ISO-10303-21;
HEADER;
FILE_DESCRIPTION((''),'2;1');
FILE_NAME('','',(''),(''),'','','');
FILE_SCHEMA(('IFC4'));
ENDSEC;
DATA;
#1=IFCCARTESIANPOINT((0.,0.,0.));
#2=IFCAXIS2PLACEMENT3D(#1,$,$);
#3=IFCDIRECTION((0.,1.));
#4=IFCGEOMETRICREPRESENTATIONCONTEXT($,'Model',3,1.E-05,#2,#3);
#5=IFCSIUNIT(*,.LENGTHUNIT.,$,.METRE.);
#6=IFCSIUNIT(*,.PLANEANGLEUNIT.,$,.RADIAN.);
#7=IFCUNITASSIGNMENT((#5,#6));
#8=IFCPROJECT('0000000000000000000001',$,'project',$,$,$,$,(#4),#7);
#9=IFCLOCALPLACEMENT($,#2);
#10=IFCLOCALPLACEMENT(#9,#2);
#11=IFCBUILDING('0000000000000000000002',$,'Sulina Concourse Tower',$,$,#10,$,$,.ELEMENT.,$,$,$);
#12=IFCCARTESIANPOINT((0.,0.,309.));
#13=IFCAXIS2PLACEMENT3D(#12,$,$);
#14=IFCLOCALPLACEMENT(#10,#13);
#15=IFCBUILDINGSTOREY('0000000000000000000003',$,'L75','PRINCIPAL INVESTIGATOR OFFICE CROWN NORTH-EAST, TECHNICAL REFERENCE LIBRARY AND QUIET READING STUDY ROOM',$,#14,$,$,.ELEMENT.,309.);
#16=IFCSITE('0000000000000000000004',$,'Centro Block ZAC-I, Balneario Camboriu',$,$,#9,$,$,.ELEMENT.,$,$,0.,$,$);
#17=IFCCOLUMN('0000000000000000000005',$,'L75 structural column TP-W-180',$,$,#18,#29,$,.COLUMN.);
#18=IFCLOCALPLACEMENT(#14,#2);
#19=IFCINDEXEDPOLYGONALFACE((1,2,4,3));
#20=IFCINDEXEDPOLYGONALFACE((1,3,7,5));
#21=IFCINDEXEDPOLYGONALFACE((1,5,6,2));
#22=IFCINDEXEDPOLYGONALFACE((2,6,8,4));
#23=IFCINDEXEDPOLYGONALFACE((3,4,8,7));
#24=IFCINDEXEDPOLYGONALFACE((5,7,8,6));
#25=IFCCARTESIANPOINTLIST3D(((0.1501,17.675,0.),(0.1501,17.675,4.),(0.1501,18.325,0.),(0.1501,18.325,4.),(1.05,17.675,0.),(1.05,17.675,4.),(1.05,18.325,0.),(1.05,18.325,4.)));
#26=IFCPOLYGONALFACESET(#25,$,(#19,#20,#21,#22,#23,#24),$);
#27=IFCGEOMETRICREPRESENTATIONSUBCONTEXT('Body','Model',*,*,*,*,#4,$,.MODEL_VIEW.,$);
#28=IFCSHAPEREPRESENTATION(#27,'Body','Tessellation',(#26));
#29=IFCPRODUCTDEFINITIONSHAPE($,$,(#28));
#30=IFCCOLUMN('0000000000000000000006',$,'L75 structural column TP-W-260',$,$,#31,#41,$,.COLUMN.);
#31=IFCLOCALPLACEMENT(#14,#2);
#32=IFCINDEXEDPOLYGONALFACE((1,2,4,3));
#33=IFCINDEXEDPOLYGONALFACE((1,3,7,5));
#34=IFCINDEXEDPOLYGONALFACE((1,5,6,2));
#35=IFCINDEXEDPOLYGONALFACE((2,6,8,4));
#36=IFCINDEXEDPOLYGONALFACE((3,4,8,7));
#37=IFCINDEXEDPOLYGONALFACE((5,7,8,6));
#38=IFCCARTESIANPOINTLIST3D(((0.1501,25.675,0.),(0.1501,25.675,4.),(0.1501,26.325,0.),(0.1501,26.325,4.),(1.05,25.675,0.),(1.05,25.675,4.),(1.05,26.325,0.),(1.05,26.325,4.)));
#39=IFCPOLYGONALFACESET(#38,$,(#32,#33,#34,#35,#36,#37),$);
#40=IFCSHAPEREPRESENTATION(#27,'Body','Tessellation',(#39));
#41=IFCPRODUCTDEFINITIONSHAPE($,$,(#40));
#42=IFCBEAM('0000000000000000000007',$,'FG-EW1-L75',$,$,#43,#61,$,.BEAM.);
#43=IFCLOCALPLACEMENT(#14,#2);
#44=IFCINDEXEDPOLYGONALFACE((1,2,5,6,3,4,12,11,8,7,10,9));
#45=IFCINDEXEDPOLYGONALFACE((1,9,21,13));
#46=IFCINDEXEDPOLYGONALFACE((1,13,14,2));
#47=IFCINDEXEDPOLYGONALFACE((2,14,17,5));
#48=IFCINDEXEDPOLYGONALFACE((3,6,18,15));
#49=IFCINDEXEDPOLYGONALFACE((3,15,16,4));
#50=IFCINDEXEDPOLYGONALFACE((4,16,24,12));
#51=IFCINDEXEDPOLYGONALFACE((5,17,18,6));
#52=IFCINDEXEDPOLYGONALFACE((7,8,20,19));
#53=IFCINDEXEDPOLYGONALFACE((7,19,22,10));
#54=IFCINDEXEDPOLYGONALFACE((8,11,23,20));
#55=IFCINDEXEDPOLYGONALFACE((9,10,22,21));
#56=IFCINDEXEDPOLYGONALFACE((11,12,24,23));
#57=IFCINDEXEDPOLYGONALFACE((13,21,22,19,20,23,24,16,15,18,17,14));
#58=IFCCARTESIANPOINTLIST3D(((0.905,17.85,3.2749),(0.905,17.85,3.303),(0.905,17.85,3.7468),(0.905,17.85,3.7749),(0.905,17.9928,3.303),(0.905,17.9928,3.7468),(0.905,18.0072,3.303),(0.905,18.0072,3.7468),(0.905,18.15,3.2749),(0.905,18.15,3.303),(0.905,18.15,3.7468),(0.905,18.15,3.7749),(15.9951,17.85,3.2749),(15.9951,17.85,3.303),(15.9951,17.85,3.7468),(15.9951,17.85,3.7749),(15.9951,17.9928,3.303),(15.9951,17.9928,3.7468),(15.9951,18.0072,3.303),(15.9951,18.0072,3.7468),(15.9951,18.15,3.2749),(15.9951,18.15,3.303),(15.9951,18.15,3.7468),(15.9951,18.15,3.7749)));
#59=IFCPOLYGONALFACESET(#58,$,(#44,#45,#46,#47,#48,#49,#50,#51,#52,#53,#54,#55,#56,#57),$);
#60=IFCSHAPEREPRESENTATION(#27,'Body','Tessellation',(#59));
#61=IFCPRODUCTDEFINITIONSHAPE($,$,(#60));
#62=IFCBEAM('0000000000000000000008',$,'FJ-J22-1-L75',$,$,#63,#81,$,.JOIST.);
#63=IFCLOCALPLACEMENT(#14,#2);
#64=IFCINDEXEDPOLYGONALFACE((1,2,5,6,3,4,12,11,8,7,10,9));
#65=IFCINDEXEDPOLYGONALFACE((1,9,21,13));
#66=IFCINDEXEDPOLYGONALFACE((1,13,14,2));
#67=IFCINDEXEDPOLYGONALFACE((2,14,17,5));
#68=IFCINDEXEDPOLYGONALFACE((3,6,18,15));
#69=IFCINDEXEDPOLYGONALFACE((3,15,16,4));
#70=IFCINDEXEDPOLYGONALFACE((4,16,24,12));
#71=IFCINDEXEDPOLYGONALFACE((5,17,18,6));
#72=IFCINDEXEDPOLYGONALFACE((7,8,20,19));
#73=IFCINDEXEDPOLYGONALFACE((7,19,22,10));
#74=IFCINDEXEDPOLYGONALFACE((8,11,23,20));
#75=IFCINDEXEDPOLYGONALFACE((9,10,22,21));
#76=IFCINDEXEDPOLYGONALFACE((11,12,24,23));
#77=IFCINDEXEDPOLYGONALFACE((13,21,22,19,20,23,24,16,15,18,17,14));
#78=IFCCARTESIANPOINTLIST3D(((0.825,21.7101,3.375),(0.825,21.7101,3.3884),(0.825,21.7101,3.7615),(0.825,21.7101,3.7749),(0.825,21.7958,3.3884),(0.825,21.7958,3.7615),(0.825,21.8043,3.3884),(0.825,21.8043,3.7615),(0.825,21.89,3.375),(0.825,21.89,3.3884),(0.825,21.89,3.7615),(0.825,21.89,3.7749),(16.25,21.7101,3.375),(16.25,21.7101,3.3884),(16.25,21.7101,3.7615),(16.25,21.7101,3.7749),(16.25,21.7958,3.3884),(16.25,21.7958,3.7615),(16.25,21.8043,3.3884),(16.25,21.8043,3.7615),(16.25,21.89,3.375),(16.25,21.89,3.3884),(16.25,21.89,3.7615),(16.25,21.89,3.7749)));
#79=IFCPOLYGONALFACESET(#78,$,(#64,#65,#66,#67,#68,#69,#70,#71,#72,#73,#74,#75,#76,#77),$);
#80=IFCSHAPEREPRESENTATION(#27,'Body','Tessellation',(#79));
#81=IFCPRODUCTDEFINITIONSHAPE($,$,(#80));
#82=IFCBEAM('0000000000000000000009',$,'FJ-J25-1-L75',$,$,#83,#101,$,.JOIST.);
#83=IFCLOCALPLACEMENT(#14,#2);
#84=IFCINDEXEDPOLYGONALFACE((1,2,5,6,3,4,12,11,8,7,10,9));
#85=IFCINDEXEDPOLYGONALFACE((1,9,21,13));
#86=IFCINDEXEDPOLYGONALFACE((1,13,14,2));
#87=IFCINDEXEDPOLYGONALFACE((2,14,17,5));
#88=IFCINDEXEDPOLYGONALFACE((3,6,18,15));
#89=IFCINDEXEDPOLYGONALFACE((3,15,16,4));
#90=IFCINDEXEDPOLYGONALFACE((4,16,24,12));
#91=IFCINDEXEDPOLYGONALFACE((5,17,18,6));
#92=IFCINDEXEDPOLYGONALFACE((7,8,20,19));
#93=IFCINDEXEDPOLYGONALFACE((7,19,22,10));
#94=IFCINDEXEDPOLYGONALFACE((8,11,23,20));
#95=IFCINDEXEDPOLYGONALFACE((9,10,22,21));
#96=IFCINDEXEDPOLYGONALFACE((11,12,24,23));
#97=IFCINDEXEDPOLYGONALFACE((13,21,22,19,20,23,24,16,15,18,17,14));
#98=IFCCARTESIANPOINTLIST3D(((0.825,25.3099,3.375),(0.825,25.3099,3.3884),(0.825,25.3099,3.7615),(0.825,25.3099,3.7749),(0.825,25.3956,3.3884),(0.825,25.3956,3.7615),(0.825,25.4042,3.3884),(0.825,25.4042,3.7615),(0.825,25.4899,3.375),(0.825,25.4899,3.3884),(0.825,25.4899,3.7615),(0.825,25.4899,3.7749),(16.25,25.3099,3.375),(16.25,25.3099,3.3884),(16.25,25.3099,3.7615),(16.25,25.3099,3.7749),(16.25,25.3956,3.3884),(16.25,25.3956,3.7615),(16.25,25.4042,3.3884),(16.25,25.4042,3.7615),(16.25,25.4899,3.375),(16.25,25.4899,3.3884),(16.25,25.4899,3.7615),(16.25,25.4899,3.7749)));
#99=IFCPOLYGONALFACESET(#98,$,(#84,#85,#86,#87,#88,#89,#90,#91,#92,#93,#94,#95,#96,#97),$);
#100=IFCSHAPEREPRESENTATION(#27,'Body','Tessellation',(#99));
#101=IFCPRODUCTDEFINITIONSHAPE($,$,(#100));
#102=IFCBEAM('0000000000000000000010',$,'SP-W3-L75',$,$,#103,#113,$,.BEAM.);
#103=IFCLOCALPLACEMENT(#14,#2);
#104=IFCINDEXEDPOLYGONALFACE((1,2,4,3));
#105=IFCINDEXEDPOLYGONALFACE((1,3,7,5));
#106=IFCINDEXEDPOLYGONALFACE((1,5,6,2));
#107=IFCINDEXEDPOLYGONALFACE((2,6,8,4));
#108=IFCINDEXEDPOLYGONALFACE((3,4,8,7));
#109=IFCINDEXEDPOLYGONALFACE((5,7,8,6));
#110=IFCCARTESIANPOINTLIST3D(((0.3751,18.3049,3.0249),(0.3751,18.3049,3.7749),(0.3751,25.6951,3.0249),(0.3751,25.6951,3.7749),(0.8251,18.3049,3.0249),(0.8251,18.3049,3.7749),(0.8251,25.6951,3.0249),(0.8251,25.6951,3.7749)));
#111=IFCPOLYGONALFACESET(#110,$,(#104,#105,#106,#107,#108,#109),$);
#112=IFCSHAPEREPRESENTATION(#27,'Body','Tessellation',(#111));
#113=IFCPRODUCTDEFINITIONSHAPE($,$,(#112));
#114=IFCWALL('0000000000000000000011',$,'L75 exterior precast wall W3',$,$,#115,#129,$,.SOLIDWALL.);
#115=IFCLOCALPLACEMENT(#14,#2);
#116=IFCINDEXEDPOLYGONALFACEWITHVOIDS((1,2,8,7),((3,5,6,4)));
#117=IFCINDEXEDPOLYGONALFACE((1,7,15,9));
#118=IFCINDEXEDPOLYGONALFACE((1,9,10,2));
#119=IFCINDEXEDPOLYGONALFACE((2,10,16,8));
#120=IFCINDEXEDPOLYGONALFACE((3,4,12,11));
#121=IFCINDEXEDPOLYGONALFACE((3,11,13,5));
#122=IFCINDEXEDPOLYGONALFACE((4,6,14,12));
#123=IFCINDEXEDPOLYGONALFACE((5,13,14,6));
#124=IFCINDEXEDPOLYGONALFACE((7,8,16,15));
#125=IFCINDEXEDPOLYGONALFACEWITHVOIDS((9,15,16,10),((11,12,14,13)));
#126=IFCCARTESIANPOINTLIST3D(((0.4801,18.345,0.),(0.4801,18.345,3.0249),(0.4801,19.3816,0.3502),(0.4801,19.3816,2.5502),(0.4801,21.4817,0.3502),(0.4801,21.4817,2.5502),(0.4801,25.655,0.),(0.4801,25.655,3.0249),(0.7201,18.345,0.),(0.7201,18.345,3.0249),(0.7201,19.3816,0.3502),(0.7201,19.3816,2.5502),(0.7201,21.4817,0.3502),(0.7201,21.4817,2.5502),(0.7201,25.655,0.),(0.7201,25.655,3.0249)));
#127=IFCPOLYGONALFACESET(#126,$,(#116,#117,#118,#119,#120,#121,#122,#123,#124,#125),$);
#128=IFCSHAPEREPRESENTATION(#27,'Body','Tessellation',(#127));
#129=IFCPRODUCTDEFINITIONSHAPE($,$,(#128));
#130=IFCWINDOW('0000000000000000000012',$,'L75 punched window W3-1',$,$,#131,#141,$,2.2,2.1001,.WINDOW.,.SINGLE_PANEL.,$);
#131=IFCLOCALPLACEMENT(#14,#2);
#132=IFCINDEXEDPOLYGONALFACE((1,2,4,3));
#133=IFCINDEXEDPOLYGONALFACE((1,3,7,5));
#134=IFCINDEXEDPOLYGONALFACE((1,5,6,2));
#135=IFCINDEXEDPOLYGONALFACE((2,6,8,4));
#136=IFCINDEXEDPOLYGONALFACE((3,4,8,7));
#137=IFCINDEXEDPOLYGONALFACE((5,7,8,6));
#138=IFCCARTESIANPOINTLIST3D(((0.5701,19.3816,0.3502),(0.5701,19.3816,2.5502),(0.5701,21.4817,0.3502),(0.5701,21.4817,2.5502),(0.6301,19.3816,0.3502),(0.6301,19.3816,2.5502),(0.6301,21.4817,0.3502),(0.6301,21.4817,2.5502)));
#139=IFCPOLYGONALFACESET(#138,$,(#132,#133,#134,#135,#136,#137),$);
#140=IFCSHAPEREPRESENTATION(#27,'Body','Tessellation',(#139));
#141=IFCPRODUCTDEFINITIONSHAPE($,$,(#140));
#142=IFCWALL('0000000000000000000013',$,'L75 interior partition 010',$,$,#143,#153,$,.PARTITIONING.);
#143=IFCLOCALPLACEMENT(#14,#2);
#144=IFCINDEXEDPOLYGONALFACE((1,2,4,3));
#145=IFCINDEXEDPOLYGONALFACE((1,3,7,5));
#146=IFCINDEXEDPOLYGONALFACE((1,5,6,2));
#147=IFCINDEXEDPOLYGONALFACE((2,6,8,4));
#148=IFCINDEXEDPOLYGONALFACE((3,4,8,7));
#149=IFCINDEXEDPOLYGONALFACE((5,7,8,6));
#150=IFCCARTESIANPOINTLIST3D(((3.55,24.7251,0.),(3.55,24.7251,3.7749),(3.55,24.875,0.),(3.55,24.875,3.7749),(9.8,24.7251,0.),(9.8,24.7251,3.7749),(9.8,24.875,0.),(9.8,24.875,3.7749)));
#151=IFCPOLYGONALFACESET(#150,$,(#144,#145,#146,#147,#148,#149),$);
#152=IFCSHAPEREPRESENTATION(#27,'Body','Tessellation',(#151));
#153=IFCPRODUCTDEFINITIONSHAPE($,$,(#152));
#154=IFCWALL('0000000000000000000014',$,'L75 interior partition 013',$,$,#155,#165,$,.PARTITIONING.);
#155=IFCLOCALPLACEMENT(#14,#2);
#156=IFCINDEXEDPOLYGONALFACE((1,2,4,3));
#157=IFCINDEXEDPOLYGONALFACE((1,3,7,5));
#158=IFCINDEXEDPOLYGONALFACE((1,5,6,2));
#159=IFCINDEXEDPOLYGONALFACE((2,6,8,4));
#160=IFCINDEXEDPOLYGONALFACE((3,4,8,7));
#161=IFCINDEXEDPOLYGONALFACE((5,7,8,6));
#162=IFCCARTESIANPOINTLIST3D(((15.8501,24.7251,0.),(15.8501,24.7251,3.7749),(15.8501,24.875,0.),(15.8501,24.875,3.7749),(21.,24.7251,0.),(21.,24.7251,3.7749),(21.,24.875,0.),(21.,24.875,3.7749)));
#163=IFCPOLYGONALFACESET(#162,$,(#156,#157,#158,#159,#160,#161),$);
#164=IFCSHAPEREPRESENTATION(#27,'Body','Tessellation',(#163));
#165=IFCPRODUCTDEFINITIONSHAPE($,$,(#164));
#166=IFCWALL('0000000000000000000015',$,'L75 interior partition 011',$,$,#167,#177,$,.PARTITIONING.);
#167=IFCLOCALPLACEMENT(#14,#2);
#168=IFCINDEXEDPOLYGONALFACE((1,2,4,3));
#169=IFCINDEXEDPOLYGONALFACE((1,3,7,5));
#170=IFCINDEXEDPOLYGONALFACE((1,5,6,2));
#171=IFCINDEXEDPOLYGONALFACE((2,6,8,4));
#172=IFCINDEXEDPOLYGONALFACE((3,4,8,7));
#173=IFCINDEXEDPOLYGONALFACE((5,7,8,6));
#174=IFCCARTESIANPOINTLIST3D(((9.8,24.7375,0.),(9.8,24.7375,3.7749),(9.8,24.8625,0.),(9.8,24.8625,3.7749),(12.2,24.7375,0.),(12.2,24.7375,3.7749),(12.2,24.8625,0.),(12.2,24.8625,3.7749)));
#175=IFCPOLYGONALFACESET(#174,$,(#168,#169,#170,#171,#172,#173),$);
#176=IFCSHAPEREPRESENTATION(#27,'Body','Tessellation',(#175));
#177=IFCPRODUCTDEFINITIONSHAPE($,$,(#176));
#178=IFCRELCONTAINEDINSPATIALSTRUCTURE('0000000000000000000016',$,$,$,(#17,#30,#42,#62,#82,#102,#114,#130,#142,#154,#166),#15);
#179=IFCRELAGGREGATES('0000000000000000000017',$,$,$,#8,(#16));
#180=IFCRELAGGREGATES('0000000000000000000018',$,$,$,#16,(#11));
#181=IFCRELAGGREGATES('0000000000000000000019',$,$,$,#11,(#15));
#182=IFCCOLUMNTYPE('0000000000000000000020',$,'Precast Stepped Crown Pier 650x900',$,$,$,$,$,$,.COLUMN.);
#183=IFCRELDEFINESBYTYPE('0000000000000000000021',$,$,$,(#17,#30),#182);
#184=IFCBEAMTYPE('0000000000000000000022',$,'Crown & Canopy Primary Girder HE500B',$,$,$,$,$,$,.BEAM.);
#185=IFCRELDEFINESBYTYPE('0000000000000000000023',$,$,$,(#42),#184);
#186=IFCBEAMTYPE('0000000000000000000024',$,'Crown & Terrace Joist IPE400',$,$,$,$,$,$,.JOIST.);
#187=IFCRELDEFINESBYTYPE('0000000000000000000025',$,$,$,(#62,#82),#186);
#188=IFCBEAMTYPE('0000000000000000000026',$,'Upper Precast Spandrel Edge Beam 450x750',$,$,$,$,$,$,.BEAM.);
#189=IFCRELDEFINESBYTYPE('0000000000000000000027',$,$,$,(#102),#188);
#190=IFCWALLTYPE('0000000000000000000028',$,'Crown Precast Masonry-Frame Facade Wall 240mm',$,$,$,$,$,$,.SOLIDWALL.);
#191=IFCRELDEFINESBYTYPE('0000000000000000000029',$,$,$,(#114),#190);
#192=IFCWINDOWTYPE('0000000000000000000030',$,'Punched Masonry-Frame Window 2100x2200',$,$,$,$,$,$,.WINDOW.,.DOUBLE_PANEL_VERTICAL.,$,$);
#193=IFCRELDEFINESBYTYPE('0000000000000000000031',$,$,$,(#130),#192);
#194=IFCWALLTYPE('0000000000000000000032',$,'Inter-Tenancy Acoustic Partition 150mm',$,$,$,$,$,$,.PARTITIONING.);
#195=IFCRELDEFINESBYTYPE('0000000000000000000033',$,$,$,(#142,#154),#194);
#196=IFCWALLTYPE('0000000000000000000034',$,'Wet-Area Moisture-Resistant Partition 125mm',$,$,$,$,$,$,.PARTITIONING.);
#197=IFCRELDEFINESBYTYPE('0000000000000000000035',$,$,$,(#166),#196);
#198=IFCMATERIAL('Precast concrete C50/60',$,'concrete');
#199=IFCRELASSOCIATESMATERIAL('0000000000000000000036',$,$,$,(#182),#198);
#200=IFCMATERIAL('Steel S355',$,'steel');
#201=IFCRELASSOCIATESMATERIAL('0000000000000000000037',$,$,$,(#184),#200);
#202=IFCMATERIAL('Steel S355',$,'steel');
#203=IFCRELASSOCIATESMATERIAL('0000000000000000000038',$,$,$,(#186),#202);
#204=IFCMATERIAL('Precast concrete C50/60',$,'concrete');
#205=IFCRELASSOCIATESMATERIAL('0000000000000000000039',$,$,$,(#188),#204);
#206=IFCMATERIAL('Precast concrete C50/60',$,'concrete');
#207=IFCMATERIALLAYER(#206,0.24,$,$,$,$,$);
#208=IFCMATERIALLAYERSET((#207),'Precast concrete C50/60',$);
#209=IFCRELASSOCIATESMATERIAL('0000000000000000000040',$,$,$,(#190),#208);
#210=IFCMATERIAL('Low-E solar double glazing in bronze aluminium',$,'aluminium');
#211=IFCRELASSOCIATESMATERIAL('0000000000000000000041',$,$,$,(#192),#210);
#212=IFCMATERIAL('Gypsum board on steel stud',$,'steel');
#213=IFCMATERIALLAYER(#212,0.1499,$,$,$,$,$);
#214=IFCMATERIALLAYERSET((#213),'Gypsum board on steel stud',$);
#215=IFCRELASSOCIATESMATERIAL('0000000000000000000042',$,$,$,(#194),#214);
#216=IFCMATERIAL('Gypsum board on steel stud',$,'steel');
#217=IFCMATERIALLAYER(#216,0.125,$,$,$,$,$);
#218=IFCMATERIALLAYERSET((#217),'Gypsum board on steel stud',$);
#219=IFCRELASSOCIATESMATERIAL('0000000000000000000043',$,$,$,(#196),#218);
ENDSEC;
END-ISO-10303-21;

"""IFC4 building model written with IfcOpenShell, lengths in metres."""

from ifc_helpers import new_model, si_unit, direction, frame, frame_2d, origin, origin_2d, place, context, subcontext, project, spatial, rectangle, i_section, extrude, material, layer, layer_set, material_profile, profile_set, type_object, element, fill, save


model = new_model("IFC4")

# Units and contexts
model_context = context("Model", 3, precision=1e-05, world=origin(), true_north=direction((0.0, 1.0)))
body_context = subcontext(model_context, "Body", "Model", "MODEL_VIEW")
ifc_project = project(units=[si_unit("LENGTHUNIT", "METRE"), si_unit("PLANEANGLEUNIT", "RADIAN")], contexts=[model_context])

# Site, building, storey
site_placement = place(None, origin())
site = spatial("IfcSite", under=ifc_project, at=site_placement, Name="Centro Block ZAC-I, Balneario Camboriu", CompositionType="ELEMENT", RefElevation=0.0)
building_placement = place(site_placement, origin())
building = spatial("IfcBuilding", under=site, at=building_placement, Name="Sulina Concourse Tower", CompositionType="ELEMENT")
storey_placement = place(building_placement, frame((0.0, 0.0, 309.0)))
storey = spatial("IfcBuildingStorey", under=building, at=storey_placement, Name="L75", Description="PRINCIPAL INVESTIGATOR OFFICE CROWN NORTH-EAST, TECHNICAL REFERENCE LIBRARY AND QUIET READING STUDY ROOM", CompositionType="ELEMENT", Elevation=309.0)

# Columns
ifc_material_1 = material(Name="Precast concrete C50/60", Category="concrete")
ifc_material_profile_1 = material_profile(ifc_material_1, rectangle(XDim=0.6499, YDim=0.8999, at=origin_2d()), Name="PC 650x900")
ifc_profile_set_1 = profile_set([ifc_material_profile_1], Name="Precast concrete C50/60")
column_type = type_object("IfcColumnType", Name="Precast Stepped Crown Pier 650x900", PredefinedType="COLUMN", material=ifc_profile_set_1)
for number, where, z_axis, x_axis, name in (
    (1, (0.6001, 18.0, 0.0), (0.0, 0.0, 1.0), (0.0, 1.0, 0.0), "L75 structural column TP-W-180"),
    (2, (0.6001, 26.0, 0.0), (0.0, 0.0, 1.0), (0.0, 1.0, 0.0), "L75 structural column TP-W-260"),
):
    element("IfcColumn", number, at=place(storey_placement, frame(where, z_axis=z_axis, x_axis=x_axis)), inside=storey, type_object=column_type, Name=name, PredefinedType="COLUMN", context=body_context, shape_type="SweptSolid", body=[
        extrude(rectangle(XDim=0.6499, YDim=0.8999, at=origin_2d()), origin(), (0.0, 0.0, 1.0), 4.0),
    ])

# Beams
ifc_material_2 = material(Name="Steel S355", Category="steel")
ifc_material_profile_2 = material_profile(ifc_material_2, i_section(OverallWidth=0.3, OverallDepth=0.5, WebThickness=0.0144, FlangeThickness=0.0281, at=origin_2d()), Name="HE 500 B")
ifc_profile_set_2 = profile_set([ifc_material_profile_2], Name="Steel S355")
beam_type_1 = type_object("IfcBeamType", Name="Crown & Canopy Primary Girder HE500B", PredefinedType="BEAM", material=ifc_profile_set_2)
beam_1_placement = place(storey_placement, frame((0.905, 18.0, 3.5249), z_axis=(1.0, 0.0, 0.0), x_axis=(0.0, 1.0, 0.0)))
element("IfcBeam", 3, at=beam_1_placement, inside=storey, type_object=beam_type_1, Name="FG-EW1-L75", PredefinedType="BEAM", context=body_context, shape_type="SweptSolid", body=[
    extrude(i_section(OverallWidth=0.3, OverallDepth=0.5, WebThickness=0.0144, FlangeThickness=0.0281, at=origin_2d()), origin(), (0.0, 0.0, 1.0), 15.0901),
])
ifc_material_3 = material(Name="Steel S355", Category="steel")
ifc_material_profile_3 = material_profile(ifc_material_3, i_section(OverallWidth=0.1799, OverallDepth=0.3999, WebThickness=0.0085, FlangeThickness=0.0134, at=origin_2d()), Name="IPE 400")
ifc_profile_set_3 = profile_set([ifc_material_profile_3], Name="Steel S355")
beam_type_2 = type_object("IfcBeamType", Name="Crown & Terrace Joist IPE400", PredefinedType="JOIST", material=ifc_profile_set_3)
for number, where, z_axis, x_axis, name in (
    (4, (0.825, 21.8, 3.575), (1.0, 0.0, 0.0), (0.0, 1.0, 0.0), "FJ-J22-1-L75"),
    (5, (0.825, 25.3999, 3.575), (1.0, 0.0, 0.0), (0.0, 1.0, 0.0), "FJ-J25-1-L75"),
):
    element("IfcBeam", number, at=place(storey_placement, frame(where, z_axis=z_axis, x_axis=x_axis)), inside=storey, type_object=beam_type_2, Name=name, PredefinedType="JOIST", context=body_context, shape_type="SweptSolid", body=[
        extrude(i_section(OverallWidth=0.1799, OverallDepth=0.3999, WebThickness=0.0085, FlangeThickness=0.0134, at=origin_2d()), origin(), (0.0, 0.0, 1.0), 15.425),
    ])
ifc_material_4 = material(Name="Precast concrete C50/60", Category="concrete")
ifc_material_profile_4 = material_profile(ifc_material_4, rectangle(XDim=0.45, YDim=0.75, at=origin_2d()), Name="RC 450x750")
ifc_profile_set_4 = profile_set([ifc_material_profile_4], Name="Precast concrete C50/60")
beam_type_3 = type_object("IfcBeamType", Name="Upper Precast Spandrel Edge Beam 450x750", PredefinedType="BEAM", material=ifc_profile_set_4)
beam_2_placement = place(storey_placement, frame((0.6001, 18.3049, 3.3999), z_axis=(0.0, 1.0, 0.0), x_axis=(-1.0, 0.0, 0.0)))
element("IfcBeam", 6, at=beam_2_placement, inside=storey, type_object=beam_type_3, Name="SP-W3-L75", PredefinedType="BEAM", context=body_context, shape_type="SweptSolid", body=[
    extrude(rectangle(XDim=0.45, YDim=0.75, at=origin_2d()), origin(), (0.0, 0.0, 1.0), 7.3901),
])

# Wall, opening, window
ifc_material_5 = material(Name="Precast concrete C50/60", Category="concrete")
ifc_layer_1 = layer(ifc_material_5, 0.24)
ifc_layer_set_1 = layer_set([ifc_layer_1], Name="Precast concrete C50/60")
wall_type_1 = type_object("IfcWallType", Name="Crown Precast Masonry-Frame Facade Wall 240mm", PredefinedType="SOLIDWALL", material=ifc_layer_set_1)
wall_1_placement = place(storey_placement, frame((0.6001, 18.345, 0.0), z_axis=(0.0, 0.0, 1.0), x_axis=(0.0, 1.0, 0.0)))
wall_1 = element("IfcWall", 7, at=wall_1_placement, inside=storey, type_object=wall_type_1, Name="L75 exterior precast wall W3", PredefinedType="SOLIDWALL", context=body_context, shape_type="SweptSolid", body=[
    extrude(rectangle(XDim=7.3101, YDim=0.24, at=frame_2d((3.655, 0.0))), origin(), (0.0, 0.0, 1.0), 3.0249),
])
opening_1_placement = place(wall_1_placement, frame((1.0366, 0.0, 0.3501)))
opening_1 = element("IfcOpeningElement", 8, at=opening_1_placement, cuts=wall_1, PredefinedType="OPENING", context=body_context, shape_type="SweptSolid", body=[
    extrude(rectangle(XDim=2.1001, YDim=2.2, at=frame_2d((1.05, 1.1001))), frame((0.0, 0.1299, 0.0), z_axis=(0.0, -1.0, 0.0), x_axis=(1.0, 0.0, 0.0)), (0.0, 0.0, 1.0), 0.26),
])
ifc_material_6 = material(Name="Low-E solar double glazing in bronze aluminium", Category="aluminium")
window_type = type_object("IfcWindowType", Name="Punched Masonry-Frame Window 2100x2200", PartitioningType="DOUBLE_PANEL_VERTICAL", PredefinedType="WINDOW", material=ifc_material_6)
window_placement = place(opening_1_placement, origin())
window = element("IfcWindow", 9, at=window_placement, inside=storey, type_object=window_type, Name="L75 punched window W3-1", OverallHeight=2.2, OverallWidth=2.1001, PartitioningType="SINGLE_PANEL", PredefinedType="WINDOW", context=body_context, shape_type="SweptSolid", body=[
    extrude(rectangle(XDim=2.1001, YDim=2.2, at=frame_2d((1.05, 1.1001))), frame((0.0, 0.03, 0.0), z_axis=(0.0, -1.0, 0.0), x_axis=(1.0, 0.0, 0.0)), (0.0, 0.0, 1.0), 0.0601),
])
fill(opening_1, window)

# Walls
ifc_material_7 = material(Name="Gypsum board on steel stud", Category="steel")
ifc_layer_2 = layer(ifc_material_7, 0.1499)
ifc_layer_set_2 = layer_set([ifc_layer_2], Name="Gypsum board on steel stud")
wall_type_2 = type_object("IfcWallType", Name="Inter-Tenancy Acoustic Partition 150mm", PredefinedType="PARTITIONING", material=ifc_layer_set_2)
wall_2_placement = place(storey_placement, frame((3.55, 24.8, 0.0), z_axis=(0.0, 0.0, 1.0), x_axis=(1.0, 0.0, 0.0)))
element("IfcWall", 10, at=wall_2_placement, inside=storey, type_object=wall_type_2, Name="L75 interior partition 010", PredefinedType="PARTITIONING", context=body_context, shape_type="SweptSolid", body=[
    extrude(rectangle(XDim=6.25, YDim=0.1499, at=frame_2d((3.125, 0.0))), origin(), (0.0, 0.0, 1.0), 3.7749),
])
wall_3_placement = place(storey_placement, frame((15.8501, 24.8, 0.0), z_axis=(0.0, 0.0, 1.0), x_axis=(1.0, 0.0, 0.0)))
element("IfcWall", 11, at=wall_3_placement, inside=storey, type_object=wall_type_2, Name="L75 interior partition 013", PredefinedType="PARTITIONING", context=body_context, shape_type="SweptSolid", body=[
    extrude(rectangle(XDim=5.1499, YDim=0.1499, at=frame_2d((2.575, 0.0))), origin(), (0.0, 0.0, 1.0), 3.7749),
])

# Wall
ifc_material_8 = material(Name="Gypsum board on steel stud", Category="steel")
ifc_layer_3 = layer(ifc_material_8, 0.125)
ifc_layer_set_3 = layer_set([ifc_layer_3], Name="Gypsum board on steel stud")
wall_type_3 = type_object("IfcWallType", Name="Wet-Area Moisture-Resistant Partition 125mm", PredefinedType="PARTITIONING", material=ifc_layer_set_3)
wall_4_placement = place(storey_placement, frame((9.8, 24.8, 0.0), z_axis=(0.0, 0.0, 1.0), x_axis=(1.0, 0.0, 0.0)))
element("IfcWall", 12, at=wall_4_placement, inside=storey, type_object=wall_type_3, Name="L75 interior partition 011", PredefinedType="PARTITIONING", context=body_context, shape_type="SweptSolid", body=[
    extrude(rectangle(XDim=2.3999, YDim=0.125, at=frame_2d((1.2, 0.0))), origin(), (0.0, 0.0, 1.0), 3.7749),
])

save(model, "model.ifc")
